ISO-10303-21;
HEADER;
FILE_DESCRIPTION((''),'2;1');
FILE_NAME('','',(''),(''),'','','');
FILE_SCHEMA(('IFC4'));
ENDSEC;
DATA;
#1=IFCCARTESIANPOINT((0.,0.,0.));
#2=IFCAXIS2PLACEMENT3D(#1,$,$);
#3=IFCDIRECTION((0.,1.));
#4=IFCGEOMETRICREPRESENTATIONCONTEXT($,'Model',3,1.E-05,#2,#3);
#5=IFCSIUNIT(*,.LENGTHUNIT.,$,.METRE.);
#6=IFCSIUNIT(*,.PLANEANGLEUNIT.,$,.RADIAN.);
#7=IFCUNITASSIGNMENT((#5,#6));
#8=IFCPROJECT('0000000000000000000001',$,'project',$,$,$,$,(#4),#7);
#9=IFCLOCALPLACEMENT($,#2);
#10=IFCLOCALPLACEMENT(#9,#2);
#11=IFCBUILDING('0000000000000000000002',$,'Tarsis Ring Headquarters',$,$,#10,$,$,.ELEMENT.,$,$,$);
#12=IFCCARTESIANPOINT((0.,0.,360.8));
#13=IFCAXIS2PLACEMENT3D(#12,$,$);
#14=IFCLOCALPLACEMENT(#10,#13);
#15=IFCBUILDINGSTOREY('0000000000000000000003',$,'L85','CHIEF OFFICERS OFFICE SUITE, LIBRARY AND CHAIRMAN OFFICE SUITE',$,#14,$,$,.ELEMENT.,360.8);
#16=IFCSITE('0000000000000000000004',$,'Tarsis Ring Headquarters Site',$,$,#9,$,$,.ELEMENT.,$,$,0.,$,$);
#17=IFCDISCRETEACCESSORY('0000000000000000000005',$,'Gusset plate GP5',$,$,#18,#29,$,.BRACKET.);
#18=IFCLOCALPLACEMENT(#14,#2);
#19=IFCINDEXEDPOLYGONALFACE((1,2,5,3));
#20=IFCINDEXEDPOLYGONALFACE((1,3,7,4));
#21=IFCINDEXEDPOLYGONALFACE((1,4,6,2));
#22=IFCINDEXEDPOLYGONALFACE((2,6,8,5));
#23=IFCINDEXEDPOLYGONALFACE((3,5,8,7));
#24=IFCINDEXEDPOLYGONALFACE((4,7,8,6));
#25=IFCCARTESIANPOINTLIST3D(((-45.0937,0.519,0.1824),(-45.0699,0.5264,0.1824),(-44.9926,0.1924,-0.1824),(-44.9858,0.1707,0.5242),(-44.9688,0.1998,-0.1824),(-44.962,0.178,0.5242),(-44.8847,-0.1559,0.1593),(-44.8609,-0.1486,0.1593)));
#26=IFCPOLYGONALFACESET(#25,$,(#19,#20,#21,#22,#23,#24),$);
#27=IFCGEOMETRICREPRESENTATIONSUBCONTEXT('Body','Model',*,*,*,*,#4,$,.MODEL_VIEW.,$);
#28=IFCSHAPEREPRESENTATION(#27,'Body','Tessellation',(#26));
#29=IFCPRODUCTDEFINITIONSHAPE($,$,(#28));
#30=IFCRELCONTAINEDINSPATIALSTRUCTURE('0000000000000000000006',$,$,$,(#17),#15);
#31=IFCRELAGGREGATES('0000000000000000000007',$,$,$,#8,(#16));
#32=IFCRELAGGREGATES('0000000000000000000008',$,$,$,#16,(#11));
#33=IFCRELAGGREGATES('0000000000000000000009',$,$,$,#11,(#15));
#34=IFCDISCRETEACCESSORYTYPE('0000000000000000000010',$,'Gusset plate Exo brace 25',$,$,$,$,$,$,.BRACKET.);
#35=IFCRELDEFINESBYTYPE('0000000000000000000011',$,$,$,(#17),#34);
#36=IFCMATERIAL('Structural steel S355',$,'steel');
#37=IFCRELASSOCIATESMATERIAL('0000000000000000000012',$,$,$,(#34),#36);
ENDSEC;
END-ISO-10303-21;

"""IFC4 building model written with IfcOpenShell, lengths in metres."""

from ifc_helpers import new_model, si_unit, direction, frame, origin, origin_2d, place, context, subcontext, project, spatial, rectangle, extrude, material, material_profile, profile_set, type_object, element, save


model = new_model("IFC4")

# Units and contexts
model_context = context("Model", 3, precision=1e-05, world=origin(), true_north=direction((0.0, 1.0)))
body_context = subcontext(model_context, "Body", "Model", "MODEL_VIEW")
ifc_project = project(units=[si_unit("LENGTHUNIT", "METRE"), si_unit("PLANEANGLEUNIT", "RADIAN")], contexts=[model_context])

# Site, building, storey
site_placement = place(None, origin())
site = spatial("IfcSite", under=ifc_project, at=site_placement, Name="Tarsis Ring Headquarters Site", CompositionType="ELEMENT", RefElevation=0.0)
building_placement = place(site_placement, origin())
building = spatial("IfcBuilding", under=site, at=building_placement, Name="Tarsis Ring Headquarters", CompositionType="ELEMENT")
storey_placement = place(building_placement, frame((0.0, 0.0, 360.8)))
storey = spatial("IfcBuildingStorey", under=building, at=storey_placement, Name="L85", Description="CHIEF OFFICERS OFFICE SUITE, LIBRARY AND CHAIRMAN OFFICE SUITE", CompositionType="ELEMENT", Elevation=360.8)

# Shared definitions
ifc_material_1 = material(Name="Structural steel S355", Category="steel")

# Discrete accessory
ifc_material_profile_1 = material_profile(ifc_material_1, rectangle(XDim=0.0249, YDim=0.5, at=origin_2d()), Name="PL 25x500")
ifc_profile_set_1 = profile_set([ifc_material_profile_1], Name="Structural steel S355")
discrete_accessory_type = type_object("IfcDiscreteAccessoryType", Name="Gusset plate Exo brace 25", PredefinedType="BRACKET", material=ifc_profile_set_1)
discrete_accessory_placement = place(storey_placement, frame((-45.0312, 0.3594, 0.0), z_axis=(0.215888, -0.696994, 0.683807), x_axis=(0.955227, 0.295873, 0.0)))
element("IfcDiscreteAccessory", 1, at=discrete_accessory_placement, inside=storey, type_object=discrete_accessory_type, Name="Gusset plate GP5", PredefinedType="BRACKET", context=body_context, shape_type="SweptSolid", body=[
    extrude(rectangle(XDim=0.0249, YDim=0.5, at=origin_2d()), origin(), (0.0, 0.0, 1.0), 0.4998),
])

save(model, "model.ifc")
